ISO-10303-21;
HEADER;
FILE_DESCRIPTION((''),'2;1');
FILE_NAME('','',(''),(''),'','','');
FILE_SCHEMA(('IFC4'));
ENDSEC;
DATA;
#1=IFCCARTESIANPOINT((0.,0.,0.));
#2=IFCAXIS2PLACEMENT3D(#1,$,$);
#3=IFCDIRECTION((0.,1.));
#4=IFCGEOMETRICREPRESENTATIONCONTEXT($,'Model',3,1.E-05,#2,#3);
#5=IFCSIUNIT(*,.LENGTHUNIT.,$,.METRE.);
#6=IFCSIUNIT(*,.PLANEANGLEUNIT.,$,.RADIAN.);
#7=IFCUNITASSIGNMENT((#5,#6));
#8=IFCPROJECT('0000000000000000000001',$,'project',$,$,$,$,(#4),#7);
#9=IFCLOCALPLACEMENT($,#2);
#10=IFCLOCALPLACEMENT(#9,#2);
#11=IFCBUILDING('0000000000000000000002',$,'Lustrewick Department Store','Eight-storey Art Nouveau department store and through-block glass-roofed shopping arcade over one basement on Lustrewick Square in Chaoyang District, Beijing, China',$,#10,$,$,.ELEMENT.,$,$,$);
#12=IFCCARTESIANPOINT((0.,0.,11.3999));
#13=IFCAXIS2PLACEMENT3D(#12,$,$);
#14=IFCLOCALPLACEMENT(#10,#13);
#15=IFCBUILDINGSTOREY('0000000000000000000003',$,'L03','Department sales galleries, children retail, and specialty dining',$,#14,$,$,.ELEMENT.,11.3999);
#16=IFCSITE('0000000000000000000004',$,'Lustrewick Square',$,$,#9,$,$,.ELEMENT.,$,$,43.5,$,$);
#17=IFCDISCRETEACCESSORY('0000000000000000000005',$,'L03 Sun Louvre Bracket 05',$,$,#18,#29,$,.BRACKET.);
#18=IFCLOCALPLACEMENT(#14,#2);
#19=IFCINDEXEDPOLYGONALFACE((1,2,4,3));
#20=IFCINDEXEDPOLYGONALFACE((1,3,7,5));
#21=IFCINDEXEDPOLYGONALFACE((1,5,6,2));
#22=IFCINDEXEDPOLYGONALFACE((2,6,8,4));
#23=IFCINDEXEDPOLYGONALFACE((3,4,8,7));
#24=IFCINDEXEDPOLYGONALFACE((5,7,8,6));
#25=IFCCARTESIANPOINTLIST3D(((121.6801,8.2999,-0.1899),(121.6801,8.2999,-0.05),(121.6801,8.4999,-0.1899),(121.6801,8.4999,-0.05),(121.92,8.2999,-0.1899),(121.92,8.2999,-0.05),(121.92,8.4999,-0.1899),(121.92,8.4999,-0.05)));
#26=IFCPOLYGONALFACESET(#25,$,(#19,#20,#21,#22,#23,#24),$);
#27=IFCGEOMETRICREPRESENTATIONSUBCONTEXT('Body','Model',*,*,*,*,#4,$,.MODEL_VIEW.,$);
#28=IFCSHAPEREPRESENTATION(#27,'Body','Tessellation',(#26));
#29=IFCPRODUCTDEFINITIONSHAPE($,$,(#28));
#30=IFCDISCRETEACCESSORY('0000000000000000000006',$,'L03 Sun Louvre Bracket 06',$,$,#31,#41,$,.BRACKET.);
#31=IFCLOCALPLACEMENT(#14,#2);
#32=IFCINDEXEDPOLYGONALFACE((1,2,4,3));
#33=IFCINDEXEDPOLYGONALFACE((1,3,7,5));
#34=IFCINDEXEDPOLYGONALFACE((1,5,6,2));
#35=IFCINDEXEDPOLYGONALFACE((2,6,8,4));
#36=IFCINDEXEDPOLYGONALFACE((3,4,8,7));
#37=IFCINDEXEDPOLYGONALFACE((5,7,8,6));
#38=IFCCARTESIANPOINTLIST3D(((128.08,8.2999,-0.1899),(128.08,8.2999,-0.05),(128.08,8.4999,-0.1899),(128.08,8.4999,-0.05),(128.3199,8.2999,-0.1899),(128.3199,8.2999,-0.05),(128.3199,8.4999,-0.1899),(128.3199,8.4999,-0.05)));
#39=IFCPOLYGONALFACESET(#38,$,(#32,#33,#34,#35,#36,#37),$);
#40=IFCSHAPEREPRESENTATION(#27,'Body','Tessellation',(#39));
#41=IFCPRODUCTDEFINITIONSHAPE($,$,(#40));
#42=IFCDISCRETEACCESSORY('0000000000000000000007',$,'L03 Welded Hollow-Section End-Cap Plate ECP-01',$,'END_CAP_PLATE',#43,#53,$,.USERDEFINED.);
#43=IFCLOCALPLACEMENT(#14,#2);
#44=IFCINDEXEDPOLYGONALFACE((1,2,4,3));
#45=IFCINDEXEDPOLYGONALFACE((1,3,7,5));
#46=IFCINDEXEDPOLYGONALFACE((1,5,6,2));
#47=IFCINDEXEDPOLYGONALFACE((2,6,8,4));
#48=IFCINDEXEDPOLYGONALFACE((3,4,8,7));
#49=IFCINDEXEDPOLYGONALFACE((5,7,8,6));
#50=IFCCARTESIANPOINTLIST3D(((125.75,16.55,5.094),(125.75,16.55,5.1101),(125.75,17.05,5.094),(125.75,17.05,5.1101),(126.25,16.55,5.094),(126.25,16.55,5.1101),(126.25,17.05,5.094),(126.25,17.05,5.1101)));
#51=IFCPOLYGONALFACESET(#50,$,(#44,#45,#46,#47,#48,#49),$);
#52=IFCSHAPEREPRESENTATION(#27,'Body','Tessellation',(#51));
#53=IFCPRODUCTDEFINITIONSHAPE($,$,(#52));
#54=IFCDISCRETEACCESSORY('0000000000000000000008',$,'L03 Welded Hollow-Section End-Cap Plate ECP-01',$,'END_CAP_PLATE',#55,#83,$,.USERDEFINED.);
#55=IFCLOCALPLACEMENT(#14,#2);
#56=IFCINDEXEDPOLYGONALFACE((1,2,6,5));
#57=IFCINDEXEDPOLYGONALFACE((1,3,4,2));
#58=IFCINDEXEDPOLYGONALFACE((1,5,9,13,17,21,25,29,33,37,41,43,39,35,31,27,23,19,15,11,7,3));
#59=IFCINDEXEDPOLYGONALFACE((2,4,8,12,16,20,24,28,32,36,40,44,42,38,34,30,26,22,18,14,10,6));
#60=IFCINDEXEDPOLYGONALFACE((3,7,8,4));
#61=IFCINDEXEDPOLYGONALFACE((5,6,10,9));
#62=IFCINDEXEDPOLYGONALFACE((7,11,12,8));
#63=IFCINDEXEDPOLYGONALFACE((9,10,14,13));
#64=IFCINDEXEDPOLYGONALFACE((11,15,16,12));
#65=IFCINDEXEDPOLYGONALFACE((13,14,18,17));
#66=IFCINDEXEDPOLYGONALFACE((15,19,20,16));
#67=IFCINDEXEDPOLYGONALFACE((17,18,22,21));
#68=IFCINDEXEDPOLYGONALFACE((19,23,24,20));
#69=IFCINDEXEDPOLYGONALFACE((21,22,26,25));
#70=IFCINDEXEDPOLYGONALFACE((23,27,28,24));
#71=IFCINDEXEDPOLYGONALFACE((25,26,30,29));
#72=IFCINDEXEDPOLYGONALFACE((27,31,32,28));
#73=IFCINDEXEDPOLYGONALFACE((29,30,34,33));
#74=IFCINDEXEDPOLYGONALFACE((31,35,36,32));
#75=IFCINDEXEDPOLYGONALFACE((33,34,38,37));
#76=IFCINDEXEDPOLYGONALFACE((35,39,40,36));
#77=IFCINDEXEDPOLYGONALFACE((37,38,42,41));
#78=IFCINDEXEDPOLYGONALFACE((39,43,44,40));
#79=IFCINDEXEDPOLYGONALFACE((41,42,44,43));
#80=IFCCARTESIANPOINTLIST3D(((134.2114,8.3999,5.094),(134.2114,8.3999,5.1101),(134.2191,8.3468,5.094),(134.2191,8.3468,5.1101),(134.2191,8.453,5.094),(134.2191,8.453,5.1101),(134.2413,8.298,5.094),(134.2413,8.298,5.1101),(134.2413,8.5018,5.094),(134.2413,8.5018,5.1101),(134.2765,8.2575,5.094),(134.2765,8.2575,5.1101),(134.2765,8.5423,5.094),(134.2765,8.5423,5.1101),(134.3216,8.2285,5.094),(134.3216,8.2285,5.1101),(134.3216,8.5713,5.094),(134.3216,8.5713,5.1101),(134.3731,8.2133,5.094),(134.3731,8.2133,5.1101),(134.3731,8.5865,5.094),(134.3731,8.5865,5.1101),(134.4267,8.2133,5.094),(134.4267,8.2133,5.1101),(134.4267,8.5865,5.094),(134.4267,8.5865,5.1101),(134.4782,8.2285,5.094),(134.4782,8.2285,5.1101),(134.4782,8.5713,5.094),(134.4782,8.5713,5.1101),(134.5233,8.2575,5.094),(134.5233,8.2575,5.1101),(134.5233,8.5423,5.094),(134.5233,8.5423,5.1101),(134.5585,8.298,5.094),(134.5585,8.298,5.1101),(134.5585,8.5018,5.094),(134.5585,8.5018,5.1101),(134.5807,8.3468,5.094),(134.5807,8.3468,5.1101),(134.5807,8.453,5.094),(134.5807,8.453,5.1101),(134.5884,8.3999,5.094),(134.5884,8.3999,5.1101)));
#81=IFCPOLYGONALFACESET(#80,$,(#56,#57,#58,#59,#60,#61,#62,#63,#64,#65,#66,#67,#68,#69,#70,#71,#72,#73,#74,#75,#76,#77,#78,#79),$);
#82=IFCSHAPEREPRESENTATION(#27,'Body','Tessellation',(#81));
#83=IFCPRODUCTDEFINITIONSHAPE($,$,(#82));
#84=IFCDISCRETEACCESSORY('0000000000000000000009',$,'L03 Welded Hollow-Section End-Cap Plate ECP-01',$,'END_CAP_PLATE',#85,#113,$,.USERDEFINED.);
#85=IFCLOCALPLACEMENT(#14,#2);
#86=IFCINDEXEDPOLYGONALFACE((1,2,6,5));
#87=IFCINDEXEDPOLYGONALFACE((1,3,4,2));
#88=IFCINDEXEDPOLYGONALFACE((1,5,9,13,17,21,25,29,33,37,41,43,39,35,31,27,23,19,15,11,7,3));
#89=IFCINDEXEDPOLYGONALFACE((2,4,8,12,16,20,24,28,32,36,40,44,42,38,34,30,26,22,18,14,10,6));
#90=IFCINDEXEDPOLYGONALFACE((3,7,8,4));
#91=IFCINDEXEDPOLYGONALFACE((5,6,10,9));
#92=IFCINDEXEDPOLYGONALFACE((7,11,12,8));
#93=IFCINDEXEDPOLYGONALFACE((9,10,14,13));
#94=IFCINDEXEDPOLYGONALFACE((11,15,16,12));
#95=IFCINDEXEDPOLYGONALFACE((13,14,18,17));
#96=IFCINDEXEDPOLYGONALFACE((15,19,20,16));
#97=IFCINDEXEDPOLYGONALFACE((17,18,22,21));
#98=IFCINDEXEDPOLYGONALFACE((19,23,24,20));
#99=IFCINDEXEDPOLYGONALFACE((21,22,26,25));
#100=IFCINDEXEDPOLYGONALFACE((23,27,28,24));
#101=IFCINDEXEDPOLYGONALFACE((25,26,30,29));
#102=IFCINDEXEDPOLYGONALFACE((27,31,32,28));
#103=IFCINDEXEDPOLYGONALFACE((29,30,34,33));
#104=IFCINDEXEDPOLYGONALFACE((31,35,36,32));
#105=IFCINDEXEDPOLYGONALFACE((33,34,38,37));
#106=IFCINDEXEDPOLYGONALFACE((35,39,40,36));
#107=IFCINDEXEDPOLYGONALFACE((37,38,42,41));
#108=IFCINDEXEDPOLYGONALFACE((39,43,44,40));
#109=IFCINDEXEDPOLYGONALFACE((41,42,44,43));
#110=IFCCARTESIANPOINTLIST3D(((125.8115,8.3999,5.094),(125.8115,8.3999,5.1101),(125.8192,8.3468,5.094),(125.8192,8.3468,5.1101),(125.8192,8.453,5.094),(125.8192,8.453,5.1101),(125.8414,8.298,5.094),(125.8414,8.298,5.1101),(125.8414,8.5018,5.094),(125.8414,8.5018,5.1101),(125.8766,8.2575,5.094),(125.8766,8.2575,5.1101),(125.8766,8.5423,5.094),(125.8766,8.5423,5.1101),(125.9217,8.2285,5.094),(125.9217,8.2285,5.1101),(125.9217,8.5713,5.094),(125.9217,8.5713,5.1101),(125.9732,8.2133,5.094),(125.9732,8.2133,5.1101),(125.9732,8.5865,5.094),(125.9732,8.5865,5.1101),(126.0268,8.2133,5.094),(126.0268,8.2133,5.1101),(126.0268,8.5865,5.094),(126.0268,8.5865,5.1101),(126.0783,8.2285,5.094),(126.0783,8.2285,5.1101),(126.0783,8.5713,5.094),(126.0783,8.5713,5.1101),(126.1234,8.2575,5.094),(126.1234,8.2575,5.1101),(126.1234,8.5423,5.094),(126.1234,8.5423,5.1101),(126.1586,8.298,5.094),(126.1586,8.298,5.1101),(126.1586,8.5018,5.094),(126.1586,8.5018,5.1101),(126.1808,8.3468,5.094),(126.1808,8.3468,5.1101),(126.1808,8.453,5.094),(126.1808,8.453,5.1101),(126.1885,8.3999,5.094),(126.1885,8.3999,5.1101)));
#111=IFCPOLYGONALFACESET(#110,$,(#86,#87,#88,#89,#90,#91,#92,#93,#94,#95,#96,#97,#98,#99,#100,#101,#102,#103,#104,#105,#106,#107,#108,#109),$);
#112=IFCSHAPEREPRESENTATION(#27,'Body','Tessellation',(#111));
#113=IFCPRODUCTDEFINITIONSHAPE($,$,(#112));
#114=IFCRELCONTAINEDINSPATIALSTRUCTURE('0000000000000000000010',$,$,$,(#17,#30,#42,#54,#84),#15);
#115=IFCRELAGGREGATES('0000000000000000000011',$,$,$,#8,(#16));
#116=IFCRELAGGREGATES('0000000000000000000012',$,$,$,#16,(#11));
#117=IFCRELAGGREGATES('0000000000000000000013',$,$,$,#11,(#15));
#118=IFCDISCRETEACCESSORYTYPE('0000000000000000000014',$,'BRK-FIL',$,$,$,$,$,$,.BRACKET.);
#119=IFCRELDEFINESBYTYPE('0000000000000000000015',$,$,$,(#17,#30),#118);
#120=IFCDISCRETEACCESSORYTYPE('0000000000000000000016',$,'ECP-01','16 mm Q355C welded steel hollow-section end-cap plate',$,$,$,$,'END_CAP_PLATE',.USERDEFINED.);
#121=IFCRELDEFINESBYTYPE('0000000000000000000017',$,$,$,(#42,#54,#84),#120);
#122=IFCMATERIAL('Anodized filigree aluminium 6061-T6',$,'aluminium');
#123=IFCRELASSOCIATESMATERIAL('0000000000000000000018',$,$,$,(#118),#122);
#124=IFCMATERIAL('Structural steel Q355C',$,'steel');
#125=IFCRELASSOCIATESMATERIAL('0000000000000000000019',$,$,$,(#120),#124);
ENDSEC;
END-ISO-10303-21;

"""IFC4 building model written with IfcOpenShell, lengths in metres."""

from ifc_helpers import new_model, si_unit, direction, frame, origin, origin_2d, place, context, subcontext, project, spatial, rectangle, circle, extrude, material, type_object, element, save


model = new_model("IFC4")

# Units and contexts
model_context = context("Model", 3, precision=1e-05, world=origin(), true_north=direction((0.0, 1.0)))
body_context = subcontext(model_context, "Body", "Model", "MODEL_VIEW")
ifc_project = project(units=[si_unit("LENGTHUNIT", "METRE"), si_unit("PLANEANGLEUNIT", "RADIAN")], contexts=[model_context])

# Site, building, storey
site_placement = place(None, origin())
site = spatial("IfcSite", under=ifc_project, at=site_placement, Name="Lustrewick Square", CompositionType="ELEMENT", RefElevation=43.5)
building_placement = place(site_placement, origin())
building = spatial("IfcBuilding", under=site, at=building_placement, Name="Lustrewick Department Store", Description="Eight-storey Art Nouveau department store and through-block glass-roofed shopping arcade over one basement on Lustrewick Square in Chaoyang District, Beijing, China", CompositionType="ELEMENT")
storey_placement = place(building_placement, frame((0.0, 0.0, 11.3999)))
storey = spatial("IfcBuildingStorey", under=building, at=storey_placement, Name="L03", Description="Department sales galleries, children retail, and specialty dining", CompositionType="ELEMENT", Elevation=11.3999)

# Discrete accessories
ifc_material_1 = material(Name="Anodized filigree aluminium 6061-T6", Category="aluminium")
discrete_accessory_type_1 = type_object("IfcDiscreteAccessoryType", Name="BRK-FIL", PredefinedType="BRACKET", material=ifc_material_1)
for number, where, z_axis, x_axis, name in (
    (1, (121.8, 8.3999, -0.1899), (0.0, 0.0, 1.0), (1.0, 0.0, 0.0), "L03 Sun Louvre Bracket 05"),
    (2, (128.2, 8.3999, -0.1899), (0.0, 0.0, 1.0), (1.0, 0.0, 0.0), "L03 Sun Louvre Bracket 06"),
):
    element("IfcDiscreteAccessory", number, at=place(storey_placement, frame(where, z_axis=z_axis, x_axis=x_axis)), inside=storey, type_object=discrete_accessory_type_1, Name=name, PredefinedType="BRACKET", context=body_context, shape_type="SweptSolid", body=[
        extrude(rectangle(XDim=0.24, YDim=0.2, at=origin_2d()), origin(), (0.0, 0.0, 1.0), 0.1399),
    ])
ifc_material_2 = material(Name="Structural steel Q355C", Category="steel")
discrete_accessory_type_2 = type_object("IfcDiscreteAccessoryType", Name="ECP-01", Description="16 mm Q355C welded steel hollow-section end-cap plate", ElementType="END_CAP_PLATE", PredefinedType="USERDEFINED", material=ifc_material_2)
discrete_accessory_placement = place(storey_placement, frame((126.0, 16.8, 5.094), z_axis=(0.0, 0.0, 1.0), x_axis=(1.0, 0.0, 0.0)))
element("IfcDiscreteAccessory", 3, at=discrete_accessory_placement, inside=storey, type_object=discrete_accessory_type_2, Name="L03 Welded Hollow-Section End-Cap Plate ECP-01", ObjectType="END_CAP_PLATE", PredefinedType="USERDEFINED", context=body_context, shape_type="SweptSolid", body=[
    extrude(rectangle(XDim=0.5, YDim=0.5, at=origin_2d()), origin(), (0.0, 0.0, 1.0), 0.0161),
])
for number, where, z_axis, x_axis, name in (
    (4, (134.3999, 8.3999, 5.094), (0.0, 0.0, 1.0), (1.0, 0.0, 0.0), "L03 Welded Hollow-Section End-Cap Plate ECP-01"),
    (5, (126.0, 8.3999, 5.094), (0.0, 0.0, 1.0), (1.0, 0.0, 0.0), "L03 Welded Hollow-Section End-Cap Plate ECP-01"),
):
    element("IfcDiscreteAccessory", number, at=place(storey_placement, frame(where, z_axis=z_axis, x_axis=x_axis)), inside=storey, type_object=discrete_accessory_type_2, Name=name, ObjectType="END_CAP_PLATE", PredefinedType="USERDEFINED", context=body_context, shape_type="SweptSolid", body=[
        extrude(circle(Radius=0.1885, at=origin_2d()), origin(), (0.0, 0.0, 1.0), 0.0161),
    ])

save(model, "model.ifc")
